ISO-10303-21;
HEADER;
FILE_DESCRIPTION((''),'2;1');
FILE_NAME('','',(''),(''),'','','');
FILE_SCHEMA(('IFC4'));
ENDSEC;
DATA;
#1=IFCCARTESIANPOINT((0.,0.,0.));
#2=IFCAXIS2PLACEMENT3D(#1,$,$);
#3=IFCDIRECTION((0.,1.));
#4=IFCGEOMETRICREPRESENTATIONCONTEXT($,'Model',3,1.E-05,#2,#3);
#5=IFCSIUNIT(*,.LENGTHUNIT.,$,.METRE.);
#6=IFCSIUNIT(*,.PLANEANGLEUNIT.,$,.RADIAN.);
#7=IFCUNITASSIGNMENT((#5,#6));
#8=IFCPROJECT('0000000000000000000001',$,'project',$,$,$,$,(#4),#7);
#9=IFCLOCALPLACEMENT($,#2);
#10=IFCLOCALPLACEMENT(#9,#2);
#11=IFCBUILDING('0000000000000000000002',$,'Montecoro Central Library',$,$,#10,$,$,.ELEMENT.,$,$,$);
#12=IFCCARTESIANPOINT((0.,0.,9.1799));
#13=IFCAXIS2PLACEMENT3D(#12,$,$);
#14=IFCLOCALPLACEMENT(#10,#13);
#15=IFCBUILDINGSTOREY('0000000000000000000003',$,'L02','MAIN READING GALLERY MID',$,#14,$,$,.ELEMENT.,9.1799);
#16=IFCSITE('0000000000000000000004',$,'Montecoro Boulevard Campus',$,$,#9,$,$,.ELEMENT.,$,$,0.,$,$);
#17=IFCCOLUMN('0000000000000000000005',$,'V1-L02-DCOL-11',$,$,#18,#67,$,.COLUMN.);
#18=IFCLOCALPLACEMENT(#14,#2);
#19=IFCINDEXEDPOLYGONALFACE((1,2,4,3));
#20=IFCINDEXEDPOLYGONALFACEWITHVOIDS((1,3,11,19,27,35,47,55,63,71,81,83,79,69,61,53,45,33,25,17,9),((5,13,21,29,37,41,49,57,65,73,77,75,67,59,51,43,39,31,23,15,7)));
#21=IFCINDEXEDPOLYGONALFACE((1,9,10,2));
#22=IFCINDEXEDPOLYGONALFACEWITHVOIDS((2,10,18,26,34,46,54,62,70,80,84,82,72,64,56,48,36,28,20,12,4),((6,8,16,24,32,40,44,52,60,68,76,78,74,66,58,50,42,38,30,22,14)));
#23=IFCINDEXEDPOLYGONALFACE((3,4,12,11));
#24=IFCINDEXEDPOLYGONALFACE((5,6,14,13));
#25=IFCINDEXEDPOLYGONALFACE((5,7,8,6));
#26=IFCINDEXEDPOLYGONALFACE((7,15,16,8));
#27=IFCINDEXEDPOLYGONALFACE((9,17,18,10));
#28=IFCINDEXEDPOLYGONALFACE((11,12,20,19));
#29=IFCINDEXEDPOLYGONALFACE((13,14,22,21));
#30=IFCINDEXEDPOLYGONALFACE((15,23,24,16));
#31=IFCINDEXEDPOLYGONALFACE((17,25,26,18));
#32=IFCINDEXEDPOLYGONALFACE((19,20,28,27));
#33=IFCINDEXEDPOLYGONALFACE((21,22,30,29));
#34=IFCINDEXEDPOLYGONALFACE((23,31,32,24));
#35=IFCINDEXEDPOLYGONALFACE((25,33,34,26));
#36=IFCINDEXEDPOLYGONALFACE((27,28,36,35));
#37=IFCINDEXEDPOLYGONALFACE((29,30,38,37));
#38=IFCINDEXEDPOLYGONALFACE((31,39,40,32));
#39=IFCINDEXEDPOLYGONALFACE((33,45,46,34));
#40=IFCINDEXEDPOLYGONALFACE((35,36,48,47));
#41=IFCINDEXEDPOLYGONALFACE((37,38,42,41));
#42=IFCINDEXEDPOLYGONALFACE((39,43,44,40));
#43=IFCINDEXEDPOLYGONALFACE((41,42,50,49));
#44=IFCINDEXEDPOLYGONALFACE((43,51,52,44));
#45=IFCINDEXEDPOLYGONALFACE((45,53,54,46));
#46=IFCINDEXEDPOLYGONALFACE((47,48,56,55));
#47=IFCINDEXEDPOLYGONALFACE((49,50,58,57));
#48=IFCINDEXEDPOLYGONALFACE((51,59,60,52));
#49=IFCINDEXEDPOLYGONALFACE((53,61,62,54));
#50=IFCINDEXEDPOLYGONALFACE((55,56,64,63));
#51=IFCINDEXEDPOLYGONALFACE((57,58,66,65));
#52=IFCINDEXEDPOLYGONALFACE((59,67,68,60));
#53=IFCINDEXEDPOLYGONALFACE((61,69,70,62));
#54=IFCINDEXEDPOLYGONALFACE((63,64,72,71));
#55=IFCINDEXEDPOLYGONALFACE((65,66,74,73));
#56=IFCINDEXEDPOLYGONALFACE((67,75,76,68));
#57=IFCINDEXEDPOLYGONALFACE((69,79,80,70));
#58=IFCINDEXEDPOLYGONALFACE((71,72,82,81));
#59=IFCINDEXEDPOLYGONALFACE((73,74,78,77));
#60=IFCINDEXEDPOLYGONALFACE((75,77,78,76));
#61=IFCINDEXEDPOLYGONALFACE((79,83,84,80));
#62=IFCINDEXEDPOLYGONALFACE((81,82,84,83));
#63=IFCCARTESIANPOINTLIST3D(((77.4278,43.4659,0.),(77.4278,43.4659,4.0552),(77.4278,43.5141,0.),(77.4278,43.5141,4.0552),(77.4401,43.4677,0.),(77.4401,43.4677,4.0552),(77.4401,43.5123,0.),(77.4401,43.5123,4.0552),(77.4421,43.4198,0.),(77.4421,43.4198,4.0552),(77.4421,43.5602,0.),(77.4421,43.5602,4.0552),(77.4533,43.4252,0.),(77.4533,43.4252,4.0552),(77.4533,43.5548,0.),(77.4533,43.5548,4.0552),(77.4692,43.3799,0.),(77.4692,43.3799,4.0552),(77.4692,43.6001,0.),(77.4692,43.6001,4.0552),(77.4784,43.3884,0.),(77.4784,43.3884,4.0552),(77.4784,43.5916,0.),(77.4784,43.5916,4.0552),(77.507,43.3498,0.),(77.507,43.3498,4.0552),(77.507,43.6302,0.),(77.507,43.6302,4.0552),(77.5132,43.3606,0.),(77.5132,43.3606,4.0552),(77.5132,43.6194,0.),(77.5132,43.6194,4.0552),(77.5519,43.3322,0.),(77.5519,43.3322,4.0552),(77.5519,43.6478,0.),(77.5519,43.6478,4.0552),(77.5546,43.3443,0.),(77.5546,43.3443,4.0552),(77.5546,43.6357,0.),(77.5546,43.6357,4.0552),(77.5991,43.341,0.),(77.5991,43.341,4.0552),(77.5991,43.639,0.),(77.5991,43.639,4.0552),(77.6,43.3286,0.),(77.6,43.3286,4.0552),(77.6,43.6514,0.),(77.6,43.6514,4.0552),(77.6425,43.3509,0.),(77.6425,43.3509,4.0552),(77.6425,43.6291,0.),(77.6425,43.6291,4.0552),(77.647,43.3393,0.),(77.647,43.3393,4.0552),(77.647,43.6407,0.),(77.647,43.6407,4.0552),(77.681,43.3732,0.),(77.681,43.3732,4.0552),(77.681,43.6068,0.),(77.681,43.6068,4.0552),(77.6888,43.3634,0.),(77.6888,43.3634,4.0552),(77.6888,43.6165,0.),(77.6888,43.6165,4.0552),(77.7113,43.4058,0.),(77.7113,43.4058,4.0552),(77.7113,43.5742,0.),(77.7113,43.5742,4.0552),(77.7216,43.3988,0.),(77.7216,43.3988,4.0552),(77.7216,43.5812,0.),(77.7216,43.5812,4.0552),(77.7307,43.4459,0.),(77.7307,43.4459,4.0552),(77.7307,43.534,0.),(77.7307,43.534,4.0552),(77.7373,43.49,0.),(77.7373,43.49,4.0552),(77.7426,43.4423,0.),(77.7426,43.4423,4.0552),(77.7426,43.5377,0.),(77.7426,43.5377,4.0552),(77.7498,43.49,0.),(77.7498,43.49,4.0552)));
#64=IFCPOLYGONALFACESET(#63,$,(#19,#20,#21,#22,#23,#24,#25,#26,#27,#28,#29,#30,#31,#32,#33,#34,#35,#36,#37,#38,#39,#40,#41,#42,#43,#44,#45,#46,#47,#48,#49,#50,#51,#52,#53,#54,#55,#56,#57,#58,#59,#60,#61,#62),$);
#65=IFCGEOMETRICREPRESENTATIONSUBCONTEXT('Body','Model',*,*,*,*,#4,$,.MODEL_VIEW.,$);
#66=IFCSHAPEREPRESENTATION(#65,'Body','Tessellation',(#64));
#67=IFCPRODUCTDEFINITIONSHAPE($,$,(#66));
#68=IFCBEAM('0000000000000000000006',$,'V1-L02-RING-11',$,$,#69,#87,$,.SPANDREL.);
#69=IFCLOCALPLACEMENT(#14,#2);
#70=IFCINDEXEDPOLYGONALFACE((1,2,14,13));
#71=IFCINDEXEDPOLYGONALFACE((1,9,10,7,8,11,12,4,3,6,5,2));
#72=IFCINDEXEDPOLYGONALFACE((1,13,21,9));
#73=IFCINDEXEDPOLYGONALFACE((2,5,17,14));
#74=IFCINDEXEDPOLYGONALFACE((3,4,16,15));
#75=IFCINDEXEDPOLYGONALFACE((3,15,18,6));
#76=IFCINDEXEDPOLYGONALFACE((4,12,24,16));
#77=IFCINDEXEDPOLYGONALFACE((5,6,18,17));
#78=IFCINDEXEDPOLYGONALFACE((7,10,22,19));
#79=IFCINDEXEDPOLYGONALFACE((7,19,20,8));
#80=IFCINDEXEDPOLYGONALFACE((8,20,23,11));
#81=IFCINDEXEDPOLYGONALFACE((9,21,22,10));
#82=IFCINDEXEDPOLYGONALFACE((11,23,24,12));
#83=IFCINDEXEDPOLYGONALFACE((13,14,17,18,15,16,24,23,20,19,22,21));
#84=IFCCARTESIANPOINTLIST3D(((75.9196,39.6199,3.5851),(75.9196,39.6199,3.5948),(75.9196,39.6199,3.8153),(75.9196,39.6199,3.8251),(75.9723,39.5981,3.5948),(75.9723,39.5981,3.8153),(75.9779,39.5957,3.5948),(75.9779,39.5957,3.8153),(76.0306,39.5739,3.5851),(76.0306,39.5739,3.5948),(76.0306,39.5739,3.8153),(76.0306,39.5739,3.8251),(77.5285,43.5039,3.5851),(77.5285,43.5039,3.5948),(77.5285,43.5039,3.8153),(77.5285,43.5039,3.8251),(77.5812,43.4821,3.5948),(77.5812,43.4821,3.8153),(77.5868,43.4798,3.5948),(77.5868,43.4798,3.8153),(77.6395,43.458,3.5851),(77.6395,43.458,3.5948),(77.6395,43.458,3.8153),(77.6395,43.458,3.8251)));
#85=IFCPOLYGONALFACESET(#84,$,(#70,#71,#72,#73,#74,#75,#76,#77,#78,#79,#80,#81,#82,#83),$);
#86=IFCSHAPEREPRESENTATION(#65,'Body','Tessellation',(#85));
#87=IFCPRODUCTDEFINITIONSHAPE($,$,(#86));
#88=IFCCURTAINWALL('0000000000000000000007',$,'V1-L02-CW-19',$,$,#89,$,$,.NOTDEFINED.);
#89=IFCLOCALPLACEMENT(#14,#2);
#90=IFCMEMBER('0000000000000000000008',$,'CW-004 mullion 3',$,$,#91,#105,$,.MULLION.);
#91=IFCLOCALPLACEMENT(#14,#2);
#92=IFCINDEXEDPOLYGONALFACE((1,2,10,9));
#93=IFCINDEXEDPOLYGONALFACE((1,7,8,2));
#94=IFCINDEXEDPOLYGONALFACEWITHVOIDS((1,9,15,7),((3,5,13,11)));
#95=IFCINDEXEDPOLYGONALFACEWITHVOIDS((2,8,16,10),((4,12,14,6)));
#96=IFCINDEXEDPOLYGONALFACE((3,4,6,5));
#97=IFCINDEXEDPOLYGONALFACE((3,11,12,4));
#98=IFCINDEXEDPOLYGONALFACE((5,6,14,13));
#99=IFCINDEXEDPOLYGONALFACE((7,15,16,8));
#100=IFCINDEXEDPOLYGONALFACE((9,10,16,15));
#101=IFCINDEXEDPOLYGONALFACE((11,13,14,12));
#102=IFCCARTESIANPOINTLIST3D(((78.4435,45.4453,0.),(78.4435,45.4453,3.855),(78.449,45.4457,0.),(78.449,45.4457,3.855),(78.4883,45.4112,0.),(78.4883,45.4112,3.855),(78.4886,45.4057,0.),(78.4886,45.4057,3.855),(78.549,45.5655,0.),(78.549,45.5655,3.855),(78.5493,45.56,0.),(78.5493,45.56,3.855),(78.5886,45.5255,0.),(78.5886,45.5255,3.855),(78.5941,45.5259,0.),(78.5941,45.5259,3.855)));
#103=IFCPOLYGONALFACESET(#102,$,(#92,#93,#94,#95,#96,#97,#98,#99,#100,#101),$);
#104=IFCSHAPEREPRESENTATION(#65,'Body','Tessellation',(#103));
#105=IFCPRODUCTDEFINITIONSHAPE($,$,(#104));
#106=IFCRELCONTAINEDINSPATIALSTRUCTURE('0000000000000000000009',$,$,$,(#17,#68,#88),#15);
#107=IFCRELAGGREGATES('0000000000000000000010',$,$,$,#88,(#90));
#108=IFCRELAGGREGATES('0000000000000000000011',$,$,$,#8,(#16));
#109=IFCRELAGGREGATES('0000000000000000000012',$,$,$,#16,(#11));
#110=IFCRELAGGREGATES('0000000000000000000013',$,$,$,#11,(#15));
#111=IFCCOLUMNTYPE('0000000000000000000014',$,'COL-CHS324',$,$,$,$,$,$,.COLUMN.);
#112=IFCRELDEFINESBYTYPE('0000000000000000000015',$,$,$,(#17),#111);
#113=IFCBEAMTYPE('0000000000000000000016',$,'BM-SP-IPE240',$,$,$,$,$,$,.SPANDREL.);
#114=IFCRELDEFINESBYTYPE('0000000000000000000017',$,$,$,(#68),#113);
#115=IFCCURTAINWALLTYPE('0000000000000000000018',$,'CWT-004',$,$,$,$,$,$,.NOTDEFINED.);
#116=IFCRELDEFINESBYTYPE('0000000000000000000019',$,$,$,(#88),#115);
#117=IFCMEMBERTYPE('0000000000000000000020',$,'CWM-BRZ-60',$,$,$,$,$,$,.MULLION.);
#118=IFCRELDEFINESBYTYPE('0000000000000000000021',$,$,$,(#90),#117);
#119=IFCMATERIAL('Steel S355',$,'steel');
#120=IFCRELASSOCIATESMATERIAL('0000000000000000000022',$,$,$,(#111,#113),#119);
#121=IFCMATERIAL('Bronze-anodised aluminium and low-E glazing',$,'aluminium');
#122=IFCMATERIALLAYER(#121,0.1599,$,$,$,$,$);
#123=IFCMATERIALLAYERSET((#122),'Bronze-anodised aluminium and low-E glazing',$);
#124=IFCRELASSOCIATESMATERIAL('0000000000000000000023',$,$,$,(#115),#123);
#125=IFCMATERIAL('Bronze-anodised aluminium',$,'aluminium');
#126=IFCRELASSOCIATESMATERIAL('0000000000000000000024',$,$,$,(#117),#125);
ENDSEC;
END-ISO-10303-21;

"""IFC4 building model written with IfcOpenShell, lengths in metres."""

from ifc_helpers import new_model, si_unit, direction, frame, origin, origin_2d, place, context, subcontext, project, spatial, hollow_rectangle, hollow_circle, i_section, extrude, material, layer, layer_set, material_profile, profile_set, type_object, element, aggregate, save


model = new_model("IFC4")

# Units and contexts
model_context = context("Model", 3, precision=1e-05, world=origin(), true_north=direction((0.0, 1.0)))
body_context = subcontext(model_context, "Body", "Model", "MODEL_VIEW")
ifc_project = project(units=[si_unit("LENGTHUNIT", "METRE"), si_unit("PLANEANGLEUNIT", "RADIAN")], contexts=[model_context])

# Site, building, storey
site_placement = place(None, origin())
site = spatial("IfcSite", under=ifc_project, at=site_placement, Name="Montecoro Boulevard Campus", CompositionType="ELEMENT", RefElevation=0.0)
building_placement = place(site_placement, origin())
building = spatial("IfcBuilding", under=site, at=building_placement, Name="Montecoro Central Library", CompositionType="ELEMENT")
storey_placement = place(building_placement, frame((0.0, 0.0, 9.1799)))
storey = spatial("IfcBuildingStorey", under=building, at=storey_placement, Name="L02", Description="MAIN READING GALLERY MID", CompositionType="ELEMENT", Elevation=9.1799)

# Column
ifc_material_1 = material(Name="Steel S355", Category="steel")
ifc_material_profile_1 = material_profile(ifc_material_1, hollow_circle(Radius=0.1619, WallThickness=0.0125, at=origin_2d()), Name="CHS 323.9x12.5")
ifc_profile_set_1 = profile_set([ifc_material_profile_1], Name="Steel S355")
column_type = type_object("IfcColumnType", Name="COL-CHS324", PredefinedType="COLUMN", material=ifc_profile_set_1)
column_placement = place(storey_placement, frame((77.5879, 43.49, 0.0), z_axis=(0.0, 0.0, 1.0), x_axis=(1.0, 0.0, 0.0)))
element("IfcColumn", 1, at=column_placement, inside=storey, type_object=column_type, Name="V1-L02-DCOL-11", PredefinedType="COLUMN", context=body_context, shape_type="SweptSolid", body=[
    extrude(hollow_circle(Radius=0.1619, WallThickness=0.0125, at=origin_2d()), origin(), (0.0, 0.0, 1.0), 4.0552),
])

# Beam
ifc_material_profile_2 = material_profile(ifc_material_1, i_section(OverallWidth=0.1201, OverallDepth=0.24, WebThickness=0.0061, FlangeThickness=0.0098, at=origin_2d()), Name="IPE 240")
ifc_profile_set_2 = profile_set([ifc_material_profile_2], Name="Steel S355")
beam_type = type_object("IfcBeamType", Name="BM-SP-IPE240", PredefinedType="SPANDREL", material=ifc_profile_set_2)
beam_placement = place(storey_placement, frame((77.584, 43.481, 3.7051), z_axis=(-0.382697, -0.923874, 0.0), x_axis=(0.923874, -0.382697, 0.0)))
element("IfcBeam", 2, at=beam_placement, inside=storey, type_object=beam_type, Name="V1-L02-RING-11", PredefinedType="SPANDREL", context=body_context, shape_type="SweptSolid", body=[
    extrude(i_section(OverallWidth=0.1201, OverallDepth=0.24, WebThickness=0.0061, FlangeThickness=0.0098, at=origin_2d()), origin(), (0.0, 0.0, 1.0), 4.2041),
])

# Curtain wall, member
ifc_material_2 = material(Name="Bronze-anodised aluminium and low-E glazing", Category="aluminium")
ifc_layer_1 = layer(ifc_material_2, 0.1599)
ifc_layer_set_1 = layer_set([ifc_layer_1], Name="Bronze-anodised aluminium and low-E glazing")
curtain_wall_type = type_object("IfcCurtainWallType", Name="CWT-004", PredefinedType="NOTDEFINED", material=ifc_layer_set_1)
curtain_wall_placement = place(storey_placement, origin())
curtain_wall = element("IfcCurtainWall", 3, at=curtain_wall_placement, inside=storey, type_object=curtain_wall_type, Name="V1-L02-CW-19", PredefinedType="NOTDEFINED")
ifc_material_3 = material(Name="Bronze-anodised aluminium", Category="aluminium")
ifc_material_profile_3 = material_profile(ifc_material_3, hollow_rectangle(XDim=0.0601, YDim=0.1599, WallThickness=0.0039, at=origin_2d()), Name="CWM 160x60x4.0")
ifc_profile_set_3 = profile_set([ifc_material_profile_3], Name="Bronze-anodised aluminium")
member_type = type_object("IfcMemberType", Name="CWM-BRZ-60", PredefinedType="MULLION", material=ifc_profile_set_3)
member_placement = place(storey_placement, frame((78.5188, 45.4856, 0.0), z_axis=(0.0, 0.0, 1.0), x_axis=(0.751536, -0.659692, 0.0)))
member = element("IfcMember", 4, at=member_placement, type_object=member_type, Name="CW-004 mullion 3", PredefinedType="MULLION", context=body_context, shape_type="SweptSolid", body=[
    extrude(hollow_rectangle(XDim=0.0601, YDim=0.1599, WallThickness=0.0039, at=origin_2d()), origin(), (0.0, 0.0, 1.0), 3.855),
])
aggregate(curtain_wall, [member])

save(model, "model.ifc")
